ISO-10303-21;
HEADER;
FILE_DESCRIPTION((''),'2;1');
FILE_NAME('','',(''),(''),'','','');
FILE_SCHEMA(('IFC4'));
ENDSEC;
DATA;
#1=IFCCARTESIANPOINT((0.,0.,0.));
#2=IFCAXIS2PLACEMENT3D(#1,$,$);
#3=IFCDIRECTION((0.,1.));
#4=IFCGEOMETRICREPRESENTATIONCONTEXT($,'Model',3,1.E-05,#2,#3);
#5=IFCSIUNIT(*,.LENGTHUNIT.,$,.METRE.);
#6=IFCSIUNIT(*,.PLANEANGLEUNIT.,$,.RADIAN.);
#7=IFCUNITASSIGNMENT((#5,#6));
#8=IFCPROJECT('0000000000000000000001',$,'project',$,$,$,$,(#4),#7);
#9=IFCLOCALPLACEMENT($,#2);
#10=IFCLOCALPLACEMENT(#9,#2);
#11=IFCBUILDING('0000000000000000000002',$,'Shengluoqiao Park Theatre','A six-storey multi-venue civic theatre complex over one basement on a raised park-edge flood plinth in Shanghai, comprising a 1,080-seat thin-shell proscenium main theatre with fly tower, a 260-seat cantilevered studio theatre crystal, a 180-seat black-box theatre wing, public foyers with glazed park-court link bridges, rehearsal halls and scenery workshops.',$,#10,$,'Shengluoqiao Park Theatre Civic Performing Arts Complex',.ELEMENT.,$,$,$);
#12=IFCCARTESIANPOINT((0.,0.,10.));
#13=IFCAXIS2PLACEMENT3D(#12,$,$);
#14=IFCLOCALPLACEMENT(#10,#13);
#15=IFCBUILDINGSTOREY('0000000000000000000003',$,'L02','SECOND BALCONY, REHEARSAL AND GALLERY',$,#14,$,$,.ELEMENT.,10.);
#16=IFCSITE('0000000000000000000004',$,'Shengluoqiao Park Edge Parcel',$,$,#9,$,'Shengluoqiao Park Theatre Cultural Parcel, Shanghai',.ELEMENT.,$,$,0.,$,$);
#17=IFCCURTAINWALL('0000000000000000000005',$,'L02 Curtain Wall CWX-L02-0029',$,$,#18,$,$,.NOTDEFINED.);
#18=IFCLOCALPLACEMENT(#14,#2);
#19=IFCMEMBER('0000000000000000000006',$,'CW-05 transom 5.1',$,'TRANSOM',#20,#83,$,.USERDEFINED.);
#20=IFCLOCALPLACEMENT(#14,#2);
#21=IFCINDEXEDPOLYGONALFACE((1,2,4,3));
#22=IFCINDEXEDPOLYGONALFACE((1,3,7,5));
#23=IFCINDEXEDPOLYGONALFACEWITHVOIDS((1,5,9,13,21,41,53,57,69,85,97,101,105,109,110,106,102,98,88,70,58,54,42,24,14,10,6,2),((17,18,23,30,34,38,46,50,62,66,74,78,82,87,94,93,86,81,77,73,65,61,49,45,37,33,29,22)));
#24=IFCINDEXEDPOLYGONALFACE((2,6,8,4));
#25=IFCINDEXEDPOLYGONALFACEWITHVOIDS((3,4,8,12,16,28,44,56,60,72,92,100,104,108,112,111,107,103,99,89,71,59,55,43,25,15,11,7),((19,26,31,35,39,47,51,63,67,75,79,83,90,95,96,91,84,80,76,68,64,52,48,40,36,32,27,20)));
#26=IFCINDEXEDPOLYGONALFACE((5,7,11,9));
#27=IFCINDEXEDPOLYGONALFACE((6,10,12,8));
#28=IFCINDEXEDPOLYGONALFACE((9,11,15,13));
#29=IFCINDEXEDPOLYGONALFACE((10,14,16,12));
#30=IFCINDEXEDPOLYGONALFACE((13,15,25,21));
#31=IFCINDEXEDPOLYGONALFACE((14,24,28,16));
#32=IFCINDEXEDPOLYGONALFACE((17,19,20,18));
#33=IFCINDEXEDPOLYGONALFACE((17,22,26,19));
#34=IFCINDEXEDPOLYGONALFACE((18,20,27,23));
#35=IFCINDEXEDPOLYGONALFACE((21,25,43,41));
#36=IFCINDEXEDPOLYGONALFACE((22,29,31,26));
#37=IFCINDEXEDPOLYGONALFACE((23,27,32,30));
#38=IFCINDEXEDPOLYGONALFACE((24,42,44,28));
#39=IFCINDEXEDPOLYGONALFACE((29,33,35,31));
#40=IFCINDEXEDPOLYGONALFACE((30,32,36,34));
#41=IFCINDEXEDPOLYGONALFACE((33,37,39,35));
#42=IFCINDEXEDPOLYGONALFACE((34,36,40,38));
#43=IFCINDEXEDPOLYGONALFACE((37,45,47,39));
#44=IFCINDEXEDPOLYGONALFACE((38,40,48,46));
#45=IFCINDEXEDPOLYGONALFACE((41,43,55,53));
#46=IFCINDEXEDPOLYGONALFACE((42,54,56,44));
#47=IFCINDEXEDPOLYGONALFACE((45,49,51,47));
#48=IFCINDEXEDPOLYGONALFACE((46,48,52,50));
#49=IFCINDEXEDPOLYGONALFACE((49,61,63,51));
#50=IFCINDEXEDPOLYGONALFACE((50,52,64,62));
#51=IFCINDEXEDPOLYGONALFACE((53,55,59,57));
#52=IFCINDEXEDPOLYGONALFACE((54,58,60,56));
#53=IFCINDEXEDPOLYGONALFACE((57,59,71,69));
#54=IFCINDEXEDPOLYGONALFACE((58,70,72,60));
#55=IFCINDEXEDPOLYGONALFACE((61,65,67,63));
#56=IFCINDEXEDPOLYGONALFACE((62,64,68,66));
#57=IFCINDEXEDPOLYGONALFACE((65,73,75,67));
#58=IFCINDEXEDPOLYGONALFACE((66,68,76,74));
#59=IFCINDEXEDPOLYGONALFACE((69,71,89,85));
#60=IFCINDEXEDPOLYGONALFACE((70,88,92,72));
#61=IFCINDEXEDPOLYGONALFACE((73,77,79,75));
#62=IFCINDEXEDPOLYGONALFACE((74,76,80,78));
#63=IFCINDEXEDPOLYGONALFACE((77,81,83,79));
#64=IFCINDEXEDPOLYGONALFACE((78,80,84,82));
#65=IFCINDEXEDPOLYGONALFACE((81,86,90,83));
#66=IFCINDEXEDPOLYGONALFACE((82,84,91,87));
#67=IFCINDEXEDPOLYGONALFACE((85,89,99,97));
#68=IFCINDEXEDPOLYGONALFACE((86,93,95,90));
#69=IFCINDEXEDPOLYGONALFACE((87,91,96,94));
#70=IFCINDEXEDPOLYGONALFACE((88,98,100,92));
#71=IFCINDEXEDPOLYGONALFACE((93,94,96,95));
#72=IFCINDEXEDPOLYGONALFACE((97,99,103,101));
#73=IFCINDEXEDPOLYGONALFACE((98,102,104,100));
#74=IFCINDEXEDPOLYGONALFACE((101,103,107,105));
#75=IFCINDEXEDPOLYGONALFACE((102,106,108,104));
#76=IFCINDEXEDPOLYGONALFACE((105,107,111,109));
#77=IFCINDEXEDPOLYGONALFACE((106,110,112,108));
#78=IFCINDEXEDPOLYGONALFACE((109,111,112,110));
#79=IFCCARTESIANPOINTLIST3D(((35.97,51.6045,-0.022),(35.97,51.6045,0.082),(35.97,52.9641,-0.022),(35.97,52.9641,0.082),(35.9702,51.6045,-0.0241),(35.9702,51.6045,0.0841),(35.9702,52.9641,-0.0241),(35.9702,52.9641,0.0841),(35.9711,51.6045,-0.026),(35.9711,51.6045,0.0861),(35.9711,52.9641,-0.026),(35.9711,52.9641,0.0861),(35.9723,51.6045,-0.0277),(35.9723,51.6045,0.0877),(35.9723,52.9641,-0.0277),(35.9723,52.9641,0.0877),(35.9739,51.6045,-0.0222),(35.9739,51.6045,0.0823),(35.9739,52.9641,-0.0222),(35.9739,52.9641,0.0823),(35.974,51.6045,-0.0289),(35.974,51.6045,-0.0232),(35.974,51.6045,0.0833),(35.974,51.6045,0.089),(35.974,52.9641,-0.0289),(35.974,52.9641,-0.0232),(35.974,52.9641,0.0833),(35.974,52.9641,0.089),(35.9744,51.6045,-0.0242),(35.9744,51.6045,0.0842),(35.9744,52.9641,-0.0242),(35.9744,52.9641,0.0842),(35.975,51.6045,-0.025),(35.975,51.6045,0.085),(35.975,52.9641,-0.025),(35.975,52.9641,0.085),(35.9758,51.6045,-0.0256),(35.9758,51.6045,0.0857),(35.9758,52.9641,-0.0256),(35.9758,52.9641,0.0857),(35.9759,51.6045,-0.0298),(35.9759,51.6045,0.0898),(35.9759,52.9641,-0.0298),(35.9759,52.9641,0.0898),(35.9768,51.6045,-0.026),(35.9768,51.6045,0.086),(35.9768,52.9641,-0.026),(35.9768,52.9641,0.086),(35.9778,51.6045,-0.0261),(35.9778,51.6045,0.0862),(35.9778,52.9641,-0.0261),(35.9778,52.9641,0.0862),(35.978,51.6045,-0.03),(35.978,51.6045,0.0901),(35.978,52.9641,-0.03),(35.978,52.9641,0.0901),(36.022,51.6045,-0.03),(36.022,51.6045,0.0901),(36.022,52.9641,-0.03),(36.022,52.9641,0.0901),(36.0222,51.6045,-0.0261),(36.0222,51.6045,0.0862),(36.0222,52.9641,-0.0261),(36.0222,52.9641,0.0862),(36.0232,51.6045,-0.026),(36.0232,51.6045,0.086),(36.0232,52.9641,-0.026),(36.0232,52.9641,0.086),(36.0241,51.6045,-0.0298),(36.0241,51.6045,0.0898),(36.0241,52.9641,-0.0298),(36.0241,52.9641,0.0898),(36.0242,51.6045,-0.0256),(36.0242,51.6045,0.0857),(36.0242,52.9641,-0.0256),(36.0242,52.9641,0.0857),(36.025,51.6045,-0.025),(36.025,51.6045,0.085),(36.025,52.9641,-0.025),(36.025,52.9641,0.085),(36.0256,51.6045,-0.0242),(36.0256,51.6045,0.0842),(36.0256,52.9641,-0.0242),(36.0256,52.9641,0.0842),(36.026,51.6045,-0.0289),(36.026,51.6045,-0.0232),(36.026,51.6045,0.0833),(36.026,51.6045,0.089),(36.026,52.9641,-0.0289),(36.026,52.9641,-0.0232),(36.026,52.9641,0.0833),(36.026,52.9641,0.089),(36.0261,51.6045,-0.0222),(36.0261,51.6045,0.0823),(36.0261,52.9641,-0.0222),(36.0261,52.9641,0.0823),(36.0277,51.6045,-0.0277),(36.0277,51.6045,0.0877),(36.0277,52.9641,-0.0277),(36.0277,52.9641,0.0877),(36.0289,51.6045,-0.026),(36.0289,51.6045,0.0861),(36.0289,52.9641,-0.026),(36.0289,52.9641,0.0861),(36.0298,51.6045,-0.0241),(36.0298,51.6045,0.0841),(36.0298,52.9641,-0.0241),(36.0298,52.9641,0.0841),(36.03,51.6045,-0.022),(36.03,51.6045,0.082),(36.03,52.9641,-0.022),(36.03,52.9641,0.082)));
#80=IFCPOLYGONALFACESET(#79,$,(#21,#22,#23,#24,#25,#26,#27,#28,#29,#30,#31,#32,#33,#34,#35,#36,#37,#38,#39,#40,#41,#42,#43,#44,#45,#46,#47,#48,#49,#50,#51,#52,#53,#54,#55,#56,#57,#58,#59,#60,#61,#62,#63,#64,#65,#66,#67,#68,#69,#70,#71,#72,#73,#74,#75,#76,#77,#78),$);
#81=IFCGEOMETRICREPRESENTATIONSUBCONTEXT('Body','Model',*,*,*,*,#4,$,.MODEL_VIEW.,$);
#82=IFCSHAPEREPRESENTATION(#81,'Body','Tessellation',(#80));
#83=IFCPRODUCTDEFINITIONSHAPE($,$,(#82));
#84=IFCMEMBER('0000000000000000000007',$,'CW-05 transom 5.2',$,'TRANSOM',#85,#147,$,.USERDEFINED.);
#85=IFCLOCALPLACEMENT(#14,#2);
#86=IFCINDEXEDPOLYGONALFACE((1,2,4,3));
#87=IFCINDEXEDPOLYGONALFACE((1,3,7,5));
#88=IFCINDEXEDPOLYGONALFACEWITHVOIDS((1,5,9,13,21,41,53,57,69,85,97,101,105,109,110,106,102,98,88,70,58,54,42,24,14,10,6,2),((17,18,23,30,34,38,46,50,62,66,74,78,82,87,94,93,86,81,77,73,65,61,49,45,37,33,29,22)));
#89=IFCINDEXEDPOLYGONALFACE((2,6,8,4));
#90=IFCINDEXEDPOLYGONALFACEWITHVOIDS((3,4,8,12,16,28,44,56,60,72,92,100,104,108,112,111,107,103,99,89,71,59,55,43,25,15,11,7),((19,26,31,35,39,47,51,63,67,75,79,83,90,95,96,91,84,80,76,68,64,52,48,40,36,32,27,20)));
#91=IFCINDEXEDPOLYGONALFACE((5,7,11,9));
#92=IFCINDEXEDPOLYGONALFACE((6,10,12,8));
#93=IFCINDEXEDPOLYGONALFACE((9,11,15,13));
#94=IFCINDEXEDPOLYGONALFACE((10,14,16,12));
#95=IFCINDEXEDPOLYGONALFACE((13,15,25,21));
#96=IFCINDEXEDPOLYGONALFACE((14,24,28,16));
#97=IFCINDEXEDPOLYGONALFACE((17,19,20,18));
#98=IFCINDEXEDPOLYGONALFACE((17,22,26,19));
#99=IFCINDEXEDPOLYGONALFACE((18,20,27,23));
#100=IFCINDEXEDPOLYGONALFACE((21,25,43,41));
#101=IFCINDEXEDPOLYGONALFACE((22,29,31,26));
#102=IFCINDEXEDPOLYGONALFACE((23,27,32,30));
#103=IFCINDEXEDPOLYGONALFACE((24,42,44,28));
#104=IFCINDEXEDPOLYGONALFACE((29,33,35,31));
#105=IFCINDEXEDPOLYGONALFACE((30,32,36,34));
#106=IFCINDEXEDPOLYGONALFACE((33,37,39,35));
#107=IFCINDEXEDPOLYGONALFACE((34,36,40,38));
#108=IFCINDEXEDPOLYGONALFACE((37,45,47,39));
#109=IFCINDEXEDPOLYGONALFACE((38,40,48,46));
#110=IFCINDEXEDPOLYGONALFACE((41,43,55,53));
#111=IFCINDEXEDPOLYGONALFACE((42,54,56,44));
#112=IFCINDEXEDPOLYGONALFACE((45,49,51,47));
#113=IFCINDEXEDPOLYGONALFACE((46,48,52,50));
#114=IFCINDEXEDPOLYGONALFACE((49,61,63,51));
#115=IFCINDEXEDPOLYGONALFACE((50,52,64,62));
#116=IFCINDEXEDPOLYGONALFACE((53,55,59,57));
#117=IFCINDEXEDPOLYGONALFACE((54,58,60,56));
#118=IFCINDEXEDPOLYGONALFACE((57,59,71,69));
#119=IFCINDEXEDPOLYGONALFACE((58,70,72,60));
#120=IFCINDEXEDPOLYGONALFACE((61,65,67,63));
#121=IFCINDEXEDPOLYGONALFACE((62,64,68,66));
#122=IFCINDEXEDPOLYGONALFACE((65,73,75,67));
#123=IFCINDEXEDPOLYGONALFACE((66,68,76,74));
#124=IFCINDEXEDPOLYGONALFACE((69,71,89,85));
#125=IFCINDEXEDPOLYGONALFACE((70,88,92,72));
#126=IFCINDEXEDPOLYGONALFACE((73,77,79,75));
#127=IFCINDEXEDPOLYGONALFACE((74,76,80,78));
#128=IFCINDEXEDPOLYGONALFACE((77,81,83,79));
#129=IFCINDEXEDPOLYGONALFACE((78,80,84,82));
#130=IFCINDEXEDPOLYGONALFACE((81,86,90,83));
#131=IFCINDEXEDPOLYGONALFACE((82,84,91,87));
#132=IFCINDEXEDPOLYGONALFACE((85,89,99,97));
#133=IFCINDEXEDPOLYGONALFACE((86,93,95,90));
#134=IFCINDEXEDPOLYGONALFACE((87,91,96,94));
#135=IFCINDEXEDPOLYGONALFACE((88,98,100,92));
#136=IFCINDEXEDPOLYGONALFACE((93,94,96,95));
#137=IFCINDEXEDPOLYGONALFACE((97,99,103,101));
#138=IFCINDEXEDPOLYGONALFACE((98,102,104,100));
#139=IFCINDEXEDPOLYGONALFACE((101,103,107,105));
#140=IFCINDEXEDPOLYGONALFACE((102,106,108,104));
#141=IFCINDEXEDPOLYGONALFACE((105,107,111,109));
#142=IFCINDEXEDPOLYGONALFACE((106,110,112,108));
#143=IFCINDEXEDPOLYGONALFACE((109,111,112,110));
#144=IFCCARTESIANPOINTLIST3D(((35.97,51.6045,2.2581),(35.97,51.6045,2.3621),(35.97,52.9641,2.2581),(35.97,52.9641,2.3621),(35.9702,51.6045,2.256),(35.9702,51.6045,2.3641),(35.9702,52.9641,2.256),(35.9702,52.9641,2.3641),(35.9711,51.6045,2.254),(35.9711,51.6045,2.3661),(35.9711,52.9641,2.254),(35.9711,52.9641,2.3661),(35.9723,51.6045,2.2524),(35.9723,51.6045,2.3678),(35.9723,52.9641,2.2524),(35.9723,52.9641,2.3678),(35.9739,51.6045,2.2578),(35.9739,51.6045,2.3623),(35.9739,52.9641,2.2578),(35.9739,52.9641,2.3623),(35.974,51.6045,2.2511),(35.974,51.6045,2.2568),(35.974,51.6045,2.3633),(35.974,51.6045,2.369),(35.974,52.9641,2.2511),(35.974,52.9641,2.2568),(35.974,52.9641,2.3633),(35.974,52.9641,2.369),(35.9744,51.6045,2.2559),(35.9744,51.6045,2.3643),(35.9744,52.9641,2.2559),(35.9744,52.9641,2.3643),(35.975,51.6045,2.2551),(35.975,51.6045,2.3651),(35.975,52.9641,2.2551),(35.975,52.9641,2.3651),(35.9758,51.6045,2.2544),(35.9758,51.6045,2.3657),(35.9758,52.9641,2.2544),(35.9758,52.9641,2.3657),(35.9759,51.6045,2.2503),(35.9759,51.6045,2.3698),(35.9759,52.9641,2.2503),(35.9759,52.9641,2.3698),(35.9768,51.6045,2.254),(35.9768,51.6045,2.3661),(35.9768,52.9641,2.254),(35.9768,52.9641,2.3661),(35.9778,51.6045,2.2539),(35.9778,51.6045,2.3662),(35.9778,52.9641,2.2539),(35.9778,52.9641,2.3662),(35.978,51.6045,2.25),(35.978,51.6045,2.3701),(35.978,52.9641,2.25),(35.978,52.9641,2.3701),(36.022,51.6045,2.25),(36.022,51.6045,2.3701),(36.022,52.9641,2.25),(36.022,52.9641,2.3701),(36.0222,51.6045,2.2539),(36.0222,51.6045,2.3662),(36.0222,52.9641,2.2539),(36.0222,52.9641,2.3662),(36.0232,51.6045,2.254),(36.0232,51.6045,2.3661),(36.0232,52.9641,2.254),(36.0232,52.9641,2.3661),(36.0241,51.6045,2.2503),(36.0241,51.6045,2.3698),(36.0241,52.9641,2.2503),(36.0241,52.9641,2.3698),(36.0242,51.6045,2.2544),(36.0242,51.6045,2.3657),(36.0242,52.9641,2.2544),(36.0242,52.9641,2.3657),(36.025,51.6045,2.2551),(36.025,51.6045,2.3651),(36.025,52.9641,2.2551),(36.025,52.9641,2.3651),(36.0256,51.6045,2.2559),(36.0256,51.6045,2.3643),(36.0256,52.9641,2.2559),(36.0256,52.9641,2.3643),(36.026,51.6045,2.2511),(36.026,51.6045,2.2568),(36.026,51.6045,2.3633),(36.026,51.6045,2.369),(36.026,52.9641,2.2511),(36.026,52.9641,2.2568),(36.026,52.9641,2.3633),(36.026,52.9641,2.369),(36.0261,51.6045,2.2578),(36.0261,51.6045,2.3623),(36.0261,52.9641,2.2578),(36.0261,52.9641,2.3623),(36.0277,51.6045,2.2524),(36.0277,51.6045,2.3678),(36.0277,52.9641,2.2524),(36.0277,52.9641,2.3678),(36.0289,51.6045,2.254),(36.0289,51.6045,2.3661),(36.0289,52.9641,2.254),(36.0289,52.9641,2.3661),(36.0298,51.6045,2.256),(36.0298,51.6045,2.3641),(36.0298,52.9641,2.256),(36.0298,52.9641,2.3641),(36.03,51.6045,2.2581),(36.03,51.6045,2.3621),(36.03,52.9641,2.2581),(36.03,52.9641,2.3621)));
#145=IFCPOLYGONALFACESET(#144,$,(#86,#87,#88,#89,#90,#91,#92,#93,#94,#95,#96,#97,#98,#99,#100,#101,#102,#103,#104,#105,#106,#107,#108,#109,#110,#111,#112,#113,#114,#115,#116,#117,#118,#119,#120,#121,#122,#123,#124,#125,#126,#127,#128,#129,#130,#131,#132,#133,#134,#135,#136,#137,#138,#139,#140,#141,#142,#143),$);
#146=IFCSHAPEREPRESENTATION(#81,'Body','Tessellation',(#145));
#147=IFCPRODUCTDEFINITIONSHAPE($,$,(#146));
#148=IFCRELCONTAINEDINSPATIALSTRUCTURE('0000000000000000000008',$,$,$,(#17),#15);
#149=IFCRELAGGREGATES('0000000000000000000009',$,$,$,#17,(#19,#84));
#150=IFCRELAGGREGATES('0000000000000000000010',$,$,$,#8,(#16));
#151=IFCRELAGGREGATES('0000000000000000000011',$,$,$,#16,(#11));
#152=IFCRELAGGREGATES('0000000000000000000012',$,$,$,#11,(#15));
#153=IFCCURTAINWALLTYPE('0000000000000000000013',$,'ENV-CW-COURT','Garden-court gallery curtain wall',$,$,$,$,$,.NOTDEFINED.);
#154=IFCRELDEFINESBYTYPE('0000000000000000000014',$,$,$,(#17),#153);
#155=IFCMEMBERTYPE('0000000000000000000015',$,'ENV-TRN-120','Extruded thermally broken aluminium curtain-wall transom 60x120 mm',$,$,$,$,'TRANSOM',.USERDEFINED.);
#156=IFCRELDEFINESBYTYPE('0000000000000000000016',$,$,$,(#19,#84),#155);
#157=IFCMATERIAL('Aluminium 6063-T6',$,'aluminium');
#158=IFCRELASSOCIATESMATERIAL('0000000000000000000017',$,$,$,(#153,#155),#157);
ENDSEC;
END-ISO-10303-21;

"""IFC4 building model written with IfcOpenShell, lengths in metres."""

from ifc_helpers import new_model, si_unit, direction, frame, origin, origin_2d, place, context, subcontext, project, spatial, hollow_rectangle, extrude, material, material_profile, profile_set, type_object, element, aggregate, save


model = new_model("IFC4")

# Units and contexts
model_context = context("Model", 3, precision=1e-05, world=origin(), true_north=direction((0.0, 1.0)))
body_context = subcontext(model_context, "Body", "Model", "MODEL_VIEW")
ifc_project = project(units=[si_unit("LENGTHUNIT", "METRE"), si_unit("PLANEANGLEUNIT", "RADIAN")], contexts=[model_context])

# Site, building, storey
site_placement = place(None, origin())
site = spatial("IfcSite", under=ifc_project, at=site_placement, Name="Shengluoqiao Park Edge Parcel", LongName="Shengluoqiao Park Theatre Cultural Parcel, Shanghai", CompositionType="ELEMENT", RefElevation=0.0)
building_placement = place(site_placement, origin())
building = spatial("IfcBuilding", under=site, at=building_placement, Name="Shengluoqiao Park Theatre", Description="A six-storey multi-venue civic theatre complex over one basement on a raised park-edge flood plinth in Shanghai, comprising a 1,080-seat thin-shell proscenium main theatre with fly tower, a 260-seat cantilevered studio theatre crystal, a 180-seat black-box theatre wing, public foyers with glazed park-court link bridges, rehearsal halls and scenery workshops.", LongName="Shengluoqiao Park Theatre Civic Performing Arts Complex", CompositionType="ELEMENT")
storey_placement = place(building_placement, frame((0.0, 0.0, 10.0)))
storey = spatial("IfcBuildingStorey", under=building, at=storey_placement, Name="L02", Description="SECOND BALCONY, REHEARSAL AND GALLERY", CompositionType="ELEMENT", Elevation=10.0)

# Curtain wall, members
ifc_material_1 = material(Name="Aluminium 6063-T6", Category="aluminium")
curtain_wall_type = type_object("IfcCurtainWallType", Name="ENV-CW-COURT", Description="Garden-court gallery curtain wall", PredefinedType="NOTDEFINED", material=ifc_material_1)
curtain_wall_placement = place(storey_placement, origin())
curtain_wall = element("IfcCurtainWall", 1, at=curtain_wall_placement, inside=storey, type_object=curtain_wall_type, Name="L02 Curtain Wall CWX-L02-0029", PredefinedType="NOTDEFINED")
ifc_material_profile_1 = material_profile(ifc_material_1, hollow_rectangle(XDim=0.0601, YDim=0.1201, WallThickness=0.0039, InnerFilletRadius=0.0039, OuterFilletRadius=0.0081, at=origin_2d()), Name="ALU TRANSOM 120x60x4")
ifc_profile_set_1 = profile_set([ifc_material_profile_1], Name="Aluminium 6063-T6")
member_type_1 = type_object("IfcMemberType", Name="ENV-TRN-120", Description="Extruded thermally broken aluminium curtain-wall transom 60x120 mm", ElementType="TRANSOM", PredefinedType="USERDEFINED", material=ifc_profile_set_1)
member_1_placement = place(storey_placement, frame((36.0, 51.6045, 0.03), z_axis=(0.0, 1.0, 0.0), x_axis=(-1.0, 0.0, 0.0)))
member_1 = element("IfcMember", 2, at=member_1_placement, type_object=member_type_1, Name="CW-05 transom 5.1", ObjectType="TRANSOM", PredefinedType="USERDEFINED", context=body_context, shape_type="SweptSolid", body=[
    extrude(hollow_rectangle(XDim=0.0601, YDim=0.1201, WallThickness=0.0039, InnerFilletRadius=0.0039, OuterFilletRadius=0.0081, at=origin_2d()), origin(), (0.0, 0.0, 1.0), 1.3596),
])
member_2_placement = place(storey_placement, frame((36.0, 51.6045, 2.3101), z_axis=(0.0, 1.0, 0.0), x_axis=(-1.0, 0.0, 0.0)))
member_2 = element("IfcMember", 3, at=member_2_placement, type_object=member_type_1, Name="CW-05 transom 5.2", ObjectType="TRANSOM", PredefinedType="USERDEFINED", context=body_context, shape_type="SweptSolid", body=[
    extrude(hollow_rectangle(XDim=0.0601, YDim=0.1201, WallThickness=0.0039, InnerFilletRadius=0.0039, OuterFilletRadius=0.0081, at=origin_2d()), origin(), (0.0, 0.0, 1.0), 1.3596),
])
aggregate(curtain_wall, [member_1, member_2])

save(model, "model.ifc")
